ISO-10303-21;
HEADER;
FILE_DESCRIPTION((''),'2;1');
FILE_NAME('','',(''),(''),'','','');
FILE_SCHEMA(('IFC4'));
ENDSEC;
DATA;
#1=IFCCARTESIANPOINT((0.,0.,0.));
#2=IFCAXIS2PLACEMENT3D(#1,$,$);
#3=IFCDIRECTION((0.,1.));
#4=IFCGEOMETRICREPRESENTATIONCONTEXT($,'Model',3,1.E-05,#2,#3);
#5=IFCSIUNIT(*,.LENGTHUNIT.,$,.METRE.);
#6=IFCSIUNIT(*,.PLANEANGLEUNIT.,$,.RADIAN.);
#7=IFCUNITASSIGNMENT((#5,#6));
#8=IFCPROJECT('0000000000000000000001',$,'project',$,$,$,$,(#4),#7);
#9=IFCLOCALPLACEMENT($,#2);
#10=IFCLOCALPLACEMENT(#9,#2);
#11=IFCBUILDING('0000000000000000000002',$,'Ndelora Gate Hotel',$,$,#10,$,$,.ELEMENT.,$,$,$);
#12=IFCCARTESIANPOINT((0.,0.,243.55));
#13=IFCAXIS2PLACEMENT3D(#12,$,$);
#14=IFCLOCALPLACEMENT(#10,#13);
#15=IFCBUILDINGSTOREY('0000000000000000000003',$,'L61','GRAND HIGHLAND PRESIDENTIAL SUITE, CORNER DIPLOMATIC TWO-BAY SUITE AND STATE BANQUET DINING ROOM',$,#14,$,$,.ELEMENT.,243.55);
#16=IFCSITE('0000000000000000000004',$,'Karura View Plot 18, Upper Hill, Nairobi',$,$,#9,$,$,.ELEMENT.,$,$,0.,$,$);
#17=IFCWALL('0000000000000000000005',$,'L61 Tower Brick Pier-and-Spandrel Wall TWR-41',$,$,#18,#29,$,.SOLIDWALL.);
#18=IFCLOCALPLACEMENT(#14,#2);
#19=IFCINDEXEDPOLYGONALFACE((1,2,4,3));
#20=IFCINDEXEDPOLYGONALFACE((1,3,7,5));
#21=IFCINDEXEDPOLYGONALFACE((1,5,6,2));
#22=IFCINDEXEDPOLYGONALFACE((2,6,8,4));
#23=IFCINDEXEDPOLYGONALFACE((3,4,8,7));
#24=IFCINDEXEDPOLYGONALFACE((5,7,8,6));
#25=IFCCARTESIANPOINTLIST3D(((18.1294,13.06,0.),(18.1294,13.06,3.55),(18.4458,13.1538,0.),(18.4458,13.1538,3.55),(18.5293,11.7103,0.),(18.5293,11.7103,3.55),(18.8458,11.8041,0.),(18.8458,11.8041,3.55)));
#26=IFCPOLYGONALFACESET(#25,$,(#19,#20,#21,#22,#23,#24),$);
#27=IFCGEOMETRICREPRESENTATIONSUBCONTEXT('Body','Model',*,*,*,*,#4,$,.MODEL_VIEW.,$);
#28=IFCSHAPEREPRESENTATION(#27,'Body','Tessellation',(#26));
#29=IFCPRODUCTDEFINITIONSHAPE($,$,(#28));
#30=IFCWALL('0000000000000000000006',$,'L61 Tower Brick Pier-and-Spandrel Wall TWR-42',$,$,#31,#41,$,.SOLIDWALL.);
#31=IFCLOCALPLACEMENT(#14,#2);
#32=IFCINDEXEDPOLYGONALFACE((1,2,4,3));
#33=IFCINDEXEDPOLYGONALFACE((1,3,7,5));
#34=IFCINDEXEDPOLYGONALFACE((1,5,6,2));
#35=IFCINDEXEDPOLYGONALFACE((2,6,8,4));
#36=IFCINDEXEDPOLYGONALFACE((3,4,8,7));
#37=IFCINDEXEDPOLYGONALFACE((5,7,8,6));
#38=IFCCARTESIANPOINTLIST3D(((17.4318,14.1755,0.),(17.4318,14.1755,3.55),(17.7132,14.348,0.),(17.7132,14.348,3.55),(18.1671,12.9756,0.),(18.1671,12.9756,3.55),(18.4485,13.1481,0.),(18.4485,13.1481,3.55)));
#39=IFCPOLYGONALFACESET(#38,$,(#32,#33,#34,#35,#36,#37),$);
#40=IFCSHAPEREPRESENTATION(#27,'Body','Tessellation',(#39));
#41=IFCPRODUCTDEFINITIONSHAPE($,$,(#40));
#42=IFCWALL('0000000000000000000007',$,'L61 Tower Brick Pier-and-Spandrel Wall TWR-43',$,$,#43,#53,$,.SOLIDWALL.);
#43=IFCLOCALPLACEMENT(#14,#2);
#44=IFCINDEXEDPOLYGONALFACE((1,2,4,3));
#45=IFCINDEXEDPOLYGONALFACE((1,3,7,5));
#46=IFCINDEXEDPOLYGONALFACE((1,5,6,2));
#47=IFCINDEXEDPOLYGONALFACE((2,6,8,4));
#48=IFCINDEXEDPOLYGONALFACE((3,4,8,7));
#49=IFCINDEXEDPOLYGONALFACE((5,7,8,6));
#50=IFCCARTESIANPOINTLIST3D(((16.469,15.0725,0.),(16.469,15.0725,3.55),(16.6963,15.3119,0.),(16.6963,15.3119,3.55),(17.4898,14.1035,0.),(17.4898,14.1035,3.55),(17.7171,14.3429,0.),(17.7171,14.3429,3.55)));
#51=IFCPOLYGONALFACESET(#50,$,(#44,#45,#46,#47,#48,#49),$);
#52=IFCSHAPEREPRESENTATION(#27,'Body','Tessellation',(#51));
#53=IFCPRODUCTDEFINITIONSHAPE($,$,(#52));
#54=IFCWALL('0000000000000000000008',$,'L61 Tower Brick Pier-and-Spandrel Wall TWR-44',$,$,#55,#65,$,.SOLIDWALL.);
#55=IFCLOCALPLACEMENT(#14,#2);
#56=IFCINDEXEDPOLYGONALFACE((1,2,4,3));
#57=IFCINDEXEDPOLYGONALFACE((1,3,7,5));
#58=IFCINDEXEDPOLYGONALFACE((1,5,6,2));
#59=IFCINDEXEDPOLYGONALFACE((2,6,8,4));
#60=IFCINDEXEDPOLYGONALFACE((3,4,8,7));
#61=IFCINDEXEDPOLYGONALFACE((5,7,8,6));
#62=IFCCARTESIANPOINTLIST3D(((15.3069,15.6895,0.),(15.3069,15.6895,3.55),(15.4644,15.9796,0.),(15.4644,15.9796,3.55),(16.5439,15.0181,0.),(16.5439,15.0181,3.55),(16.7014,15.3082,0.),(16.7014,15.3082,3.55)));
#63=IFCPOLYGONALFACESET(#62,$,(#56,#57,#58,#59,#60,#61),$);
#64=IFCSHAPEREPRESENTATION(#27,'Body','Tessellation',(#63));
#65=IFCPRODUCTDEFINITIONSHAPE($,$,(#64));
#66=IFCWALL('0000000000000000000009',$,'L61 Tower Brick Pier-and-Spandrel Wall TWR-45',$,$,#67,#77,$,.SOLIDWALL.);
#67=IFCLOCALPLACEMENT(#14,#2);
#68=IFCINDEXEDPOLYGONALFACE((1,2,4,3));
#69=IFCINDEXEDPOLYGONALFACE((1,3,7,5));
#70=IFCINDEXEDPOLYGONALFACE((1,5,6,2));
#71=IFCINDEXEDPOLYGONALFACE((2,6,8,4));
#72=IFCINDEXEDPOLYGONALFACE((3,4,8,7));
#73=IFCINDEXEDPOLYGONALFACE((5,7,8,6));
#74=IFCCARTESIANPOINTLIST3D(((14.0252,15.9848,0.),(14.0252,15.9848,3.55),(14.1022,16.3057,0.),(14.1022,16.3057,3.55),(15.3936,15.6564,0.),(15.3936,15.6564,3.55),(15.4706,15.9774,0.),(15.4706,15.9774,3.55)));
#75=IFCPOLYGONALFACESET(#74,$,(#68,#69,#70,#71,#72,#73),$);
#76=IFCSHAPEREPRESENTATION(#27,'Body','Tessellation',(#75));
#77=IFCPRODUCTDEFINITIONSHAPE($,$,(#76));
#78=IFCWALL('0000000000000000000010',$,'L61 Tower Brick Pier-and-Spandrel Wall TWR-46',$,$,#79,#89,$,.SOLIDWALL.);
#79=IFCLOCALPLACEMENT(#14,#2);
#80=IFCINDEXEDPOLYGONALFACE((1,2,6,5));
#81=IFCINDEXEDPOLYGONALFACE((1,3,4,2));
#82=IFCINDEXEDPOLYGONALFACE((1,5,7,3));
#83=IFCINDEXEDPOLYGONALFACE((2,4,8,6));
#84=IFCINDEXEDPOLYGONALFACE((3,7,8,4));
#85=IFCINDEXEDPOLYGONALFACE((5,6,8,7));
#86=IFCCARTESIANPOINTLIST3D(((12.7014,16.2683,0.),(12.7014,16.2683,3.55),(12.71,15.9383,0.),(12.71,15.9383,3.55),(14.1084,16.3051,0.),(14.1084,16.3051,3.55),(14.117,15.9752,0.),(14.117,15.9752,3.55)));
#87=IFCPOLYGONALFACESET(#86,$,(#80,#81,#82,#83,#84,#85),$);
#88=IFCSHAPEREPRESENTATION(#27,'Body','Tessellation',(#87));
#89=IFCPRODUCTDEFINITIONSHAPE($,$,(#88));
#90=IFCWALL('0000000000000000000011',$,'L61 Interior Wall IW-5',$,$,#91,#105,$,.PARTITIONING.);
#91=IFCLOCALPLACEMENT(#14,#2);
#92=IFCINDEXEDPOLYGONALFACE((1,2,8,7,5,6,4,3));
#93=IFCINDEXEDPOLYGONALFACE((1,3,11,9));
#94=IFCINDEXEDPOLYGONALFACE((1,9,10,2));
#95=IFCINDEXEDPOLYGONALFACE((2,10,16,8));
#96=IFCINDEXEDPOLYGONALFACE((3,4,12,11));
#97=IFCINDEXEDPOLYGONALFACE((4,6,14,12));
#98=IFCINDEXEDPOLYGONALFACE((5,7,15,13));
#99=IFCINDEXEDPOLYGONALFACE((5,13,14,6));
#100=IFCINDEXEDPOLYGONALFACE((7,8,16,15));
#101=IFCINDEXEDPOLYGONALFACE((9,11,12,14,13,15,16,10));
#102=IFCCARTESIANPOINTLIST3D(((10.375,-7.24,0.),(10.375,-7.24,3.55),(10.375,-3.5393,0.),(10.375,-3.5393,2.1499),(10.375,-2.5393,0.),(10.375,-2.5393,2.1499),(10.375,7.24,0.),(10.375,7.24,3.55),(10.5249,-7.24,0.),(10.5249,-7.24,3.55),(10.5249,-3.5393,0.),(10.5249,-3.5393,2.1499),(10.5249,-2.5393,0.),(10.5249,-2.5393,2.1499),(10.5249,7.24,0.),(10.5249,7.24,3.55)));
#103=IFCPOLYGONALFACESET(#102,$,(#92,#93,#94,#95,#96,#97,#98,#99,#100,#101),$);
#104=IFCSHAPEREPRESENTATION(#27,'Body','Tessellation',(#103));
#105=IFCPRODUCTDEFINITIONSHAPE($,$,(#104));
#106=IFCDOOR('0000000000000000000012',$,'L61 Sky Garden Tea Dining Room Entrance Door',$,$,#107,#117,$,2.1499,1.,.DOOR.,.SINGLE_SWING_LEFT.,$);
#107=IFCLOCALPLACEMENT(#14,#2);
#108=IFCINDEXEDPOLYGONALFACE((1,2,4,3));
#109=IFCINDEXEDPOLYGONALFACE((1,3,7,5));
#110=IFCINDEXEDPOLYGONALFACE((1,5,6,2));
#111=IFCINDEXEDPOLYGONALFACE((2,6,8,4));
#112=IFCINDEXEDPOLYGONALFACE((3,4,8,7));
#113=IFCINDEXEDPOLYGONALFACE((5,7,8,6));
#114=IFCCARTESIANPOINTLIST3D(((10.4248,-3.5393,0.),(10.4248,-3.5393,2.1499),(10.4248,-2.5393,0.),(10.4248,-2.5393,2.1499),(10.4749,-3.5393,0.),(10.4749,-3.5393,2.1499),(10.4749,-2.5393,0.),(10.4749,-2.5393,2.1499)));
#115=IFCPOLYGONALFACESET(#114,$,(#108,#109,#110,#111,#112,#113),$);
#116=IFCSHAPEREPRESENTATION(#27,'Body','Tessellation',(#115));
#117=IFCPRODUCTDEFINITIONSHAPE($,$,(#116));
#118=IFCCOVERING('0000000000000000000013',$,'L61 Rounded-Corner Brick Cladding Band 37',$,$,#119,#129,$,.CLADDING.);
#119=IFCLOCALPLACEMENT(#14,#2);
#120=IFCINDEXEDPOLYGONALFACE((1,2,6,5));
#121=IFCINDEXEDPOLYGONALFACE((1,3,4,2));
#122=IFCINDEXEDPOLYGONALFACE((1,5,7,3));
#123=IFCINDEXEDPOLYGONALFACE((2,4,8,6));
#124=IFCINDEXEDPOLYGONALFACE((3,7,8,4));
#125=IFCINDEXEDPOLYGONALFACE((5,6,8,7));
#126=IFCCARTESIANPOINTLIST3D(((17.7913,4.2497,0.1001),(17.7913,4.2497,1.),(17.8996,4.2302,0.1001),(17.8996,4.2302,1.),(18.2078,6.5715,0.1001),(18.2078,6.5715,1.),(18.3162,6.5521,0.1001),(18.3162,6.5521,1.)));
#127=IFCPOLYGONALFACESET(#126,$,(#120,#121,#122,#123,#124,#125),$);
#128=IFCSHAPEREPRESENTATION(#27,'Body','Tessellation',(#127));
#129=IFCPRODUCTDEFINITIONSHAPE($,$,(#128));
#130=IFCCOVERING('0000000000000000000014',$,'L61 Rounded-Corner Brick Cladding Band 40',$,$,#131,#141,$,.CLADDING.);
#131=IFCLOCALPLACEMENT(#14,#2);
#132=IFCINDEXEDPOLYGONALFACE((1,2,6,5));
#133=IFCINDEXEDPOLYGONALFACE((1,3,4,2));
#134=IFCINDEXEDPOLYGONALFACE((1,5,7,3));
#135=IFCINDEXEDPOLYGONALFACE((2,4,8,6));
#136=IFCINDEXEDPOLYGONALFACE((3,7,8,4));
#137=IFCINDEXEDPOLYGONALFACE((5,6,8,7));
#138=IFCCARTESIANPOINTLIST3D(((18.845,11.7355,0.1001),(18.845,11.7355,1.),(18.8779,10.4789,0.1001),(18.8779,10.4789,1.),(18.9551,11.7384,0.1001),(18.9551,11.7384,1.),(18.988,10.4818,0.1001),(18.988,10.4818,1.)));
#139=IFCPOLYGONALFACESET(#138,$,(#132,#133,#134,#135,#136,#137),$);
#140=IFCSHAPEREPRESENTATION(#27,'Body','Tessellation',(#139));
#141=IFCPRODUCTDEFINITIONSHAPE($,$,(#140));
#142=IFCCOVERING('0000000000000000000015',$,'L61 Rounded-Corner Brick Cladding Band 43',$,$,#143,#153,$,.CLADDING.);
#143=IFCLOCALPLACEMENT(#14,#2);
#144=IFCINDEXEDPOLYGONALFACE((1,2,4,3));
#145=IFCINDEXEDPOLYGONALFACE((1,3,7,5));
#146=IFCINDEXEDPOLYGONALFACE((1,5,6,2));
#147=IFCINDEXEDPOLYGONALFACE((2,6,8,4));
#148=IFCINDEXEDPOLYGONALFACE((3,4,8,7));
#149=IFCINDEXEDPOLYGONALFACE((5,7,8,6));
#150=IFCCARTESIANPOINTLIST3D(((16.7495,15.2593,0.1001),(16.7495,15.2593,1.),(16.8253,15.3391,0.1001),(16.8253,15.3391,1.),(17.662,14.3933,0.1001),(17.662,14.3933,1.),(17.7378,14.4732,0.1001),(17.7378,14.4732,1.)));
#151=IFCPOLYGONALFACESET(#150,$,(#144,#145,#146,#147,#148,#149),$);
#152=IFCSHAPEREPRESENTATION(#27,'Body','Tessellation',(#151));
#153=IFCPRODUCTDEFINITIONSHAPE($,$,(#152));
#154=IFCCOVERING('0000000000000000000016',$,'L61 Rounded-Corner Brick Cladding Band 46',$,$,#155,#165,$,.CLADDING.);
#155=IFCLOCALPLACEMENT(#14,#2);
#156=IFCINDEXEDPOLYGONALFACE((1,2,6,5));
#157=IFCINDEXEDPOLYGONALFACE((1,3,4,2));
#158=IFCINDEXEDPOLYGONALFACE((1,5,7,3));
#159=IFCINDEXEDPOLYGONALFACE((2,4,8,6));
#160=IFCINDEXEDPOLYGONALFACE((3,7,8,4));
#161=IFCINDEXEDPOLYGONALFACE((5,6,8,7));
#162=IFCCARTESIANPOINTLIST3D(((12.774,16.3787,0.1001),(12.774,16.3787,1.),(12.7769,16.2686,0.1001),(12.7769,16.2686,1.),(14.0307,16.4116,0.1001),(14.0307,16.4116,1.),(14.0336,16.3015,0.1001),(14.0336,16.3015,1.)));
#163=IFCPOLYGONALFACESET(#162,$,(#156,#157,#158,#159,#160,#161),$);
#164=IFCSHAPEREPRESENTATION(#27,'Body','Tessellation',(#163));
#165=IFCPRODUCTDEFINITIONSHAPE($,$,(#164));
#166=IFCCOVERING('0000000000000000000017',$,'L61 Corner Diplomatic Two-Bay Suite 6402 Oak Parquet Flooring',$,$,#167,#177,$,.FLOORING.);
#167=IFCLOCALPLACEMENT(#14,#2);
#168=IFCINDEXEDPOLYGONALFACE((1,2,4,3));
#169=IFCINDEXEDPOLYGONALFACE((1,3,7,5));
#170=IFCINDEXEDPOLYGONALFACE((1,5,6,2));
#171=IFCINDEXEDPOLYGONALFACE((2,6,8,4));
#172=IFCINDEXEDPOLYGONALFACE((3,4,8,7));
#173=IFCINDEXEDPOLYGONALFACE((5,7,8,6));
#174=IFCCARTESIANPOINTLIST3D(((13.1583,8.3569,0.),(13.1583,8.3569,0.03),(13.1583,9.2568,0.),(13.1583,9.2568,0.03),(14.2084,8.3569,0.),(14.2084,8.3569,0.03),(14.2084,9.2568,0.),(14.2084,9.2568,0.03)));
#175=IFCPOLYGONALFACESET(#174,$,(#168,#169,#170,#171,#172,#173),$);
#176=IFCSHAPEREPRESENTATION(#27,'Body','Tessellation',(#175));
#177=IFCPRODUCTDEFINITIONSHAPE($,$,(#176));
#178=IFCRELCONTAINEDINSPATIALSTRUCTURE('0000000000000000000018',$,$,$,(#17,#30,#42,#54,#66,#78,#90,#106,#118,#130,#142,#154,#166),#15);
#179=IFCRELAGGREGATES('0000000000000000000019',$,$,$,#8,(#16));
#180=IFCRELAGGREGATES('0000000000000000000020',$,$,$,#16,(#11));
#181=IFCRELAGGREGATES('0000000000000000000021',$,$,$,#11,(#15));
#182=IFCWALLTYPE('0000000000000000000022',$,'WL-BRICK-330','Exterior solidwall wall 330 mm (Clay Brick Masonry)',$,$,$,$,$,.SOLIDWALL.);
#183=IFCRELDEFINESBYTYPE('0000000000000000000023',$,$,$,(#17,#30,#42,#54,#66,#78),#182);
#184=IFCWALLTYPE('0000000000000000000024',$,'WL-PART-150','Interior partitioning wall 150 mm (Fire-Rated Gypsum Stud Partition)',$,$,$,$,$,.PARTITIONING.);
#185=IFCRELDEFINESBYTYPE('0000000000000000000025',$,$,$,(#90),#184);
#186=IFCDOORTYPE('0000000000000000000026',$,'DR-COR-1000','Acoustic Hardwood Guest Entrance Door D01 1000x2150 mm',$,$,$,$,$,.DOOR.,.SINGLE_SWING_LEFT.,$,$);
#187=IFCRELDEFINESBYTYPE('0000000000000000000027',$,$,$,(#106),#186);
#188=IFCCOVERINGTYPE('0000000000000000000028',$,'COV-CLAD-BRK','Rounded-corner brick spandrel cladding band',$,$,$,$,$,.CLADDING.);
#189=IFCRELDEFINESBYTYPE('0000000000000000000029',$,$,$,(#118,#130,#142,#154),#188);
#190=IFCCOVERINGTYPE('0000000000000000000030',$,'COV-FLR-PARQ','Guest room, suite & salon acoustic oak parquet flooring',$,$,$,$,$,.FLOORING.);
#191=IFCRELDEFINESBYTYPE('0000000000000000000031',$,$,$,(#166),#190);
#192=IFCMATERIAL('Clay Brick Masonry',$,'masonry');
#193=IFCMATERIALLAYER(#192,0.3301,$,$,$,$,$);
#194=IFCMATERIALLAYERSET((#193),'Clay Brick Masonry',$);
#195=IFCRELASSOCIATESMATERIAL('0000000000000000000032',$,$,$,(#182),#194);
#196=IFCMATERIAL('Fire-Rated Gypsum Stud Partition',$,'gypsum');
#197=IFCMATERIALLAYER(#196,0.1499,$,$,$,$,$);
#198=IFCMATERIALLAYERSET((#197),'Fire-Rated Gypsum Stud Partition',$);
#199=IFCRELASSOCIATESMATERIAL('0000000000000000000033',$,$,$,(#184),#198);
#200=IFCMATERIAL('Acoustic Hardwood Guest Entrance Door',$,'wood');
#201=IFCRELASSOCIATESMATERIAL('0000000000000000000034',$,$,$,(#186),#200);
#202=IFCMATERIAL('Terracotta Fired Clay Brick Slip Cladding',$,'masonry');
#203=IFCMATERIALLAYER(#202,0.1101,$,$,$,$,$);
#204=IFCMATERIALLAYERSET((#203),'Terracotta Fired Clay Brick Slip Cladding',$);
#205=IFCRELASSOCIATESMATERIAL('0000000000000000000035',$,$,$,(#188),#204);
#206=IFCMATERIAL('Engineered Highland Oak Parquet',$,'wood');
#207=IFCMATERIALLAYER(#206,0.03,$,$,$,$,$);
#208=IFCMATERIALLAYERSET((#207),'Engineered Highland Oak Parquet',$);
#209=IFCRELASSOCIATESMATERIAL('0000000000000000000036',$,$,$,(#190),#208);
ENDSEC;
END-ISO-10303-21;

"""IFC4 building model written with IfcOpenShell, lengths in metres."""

from ifc_helpers import new_model, si_unit, direction, frame, frame_2d, origin, origin_2d, place, context, subcontext, project, spatial, rectangle, extrude, material, layer, layer_set, type_object, element, fill, save


model = new_model("IFC4")

# Units and contexts
model_context = context("Model", 3, precision=1e-05, world=origin(), true_north=direction((0.0, 1.0)))
body_context = subcontext(model_context, "Body", "Model", "MODEL_VIEW")
ifc_project = project(units=[si_unit("LENGTHUNIT", "METRE"), si_unit("PLANEANGLEUNIT", "RADIAN")], contexts=[model_context])

# Site, building, storey
site_placement = place(None, origin())
site = spatial("IfcSite", under=ifc_project, at=site_placement, Name="Karura View Plot 18, Upper Hill, Nairobi", CompositionType="ELEMENT", RefElevation=0.0)
building_placement = place(site_placement, origin())
building = spatial("IfcBuilding", under=site, at=building_placement, Name="Ndelora Gate Hotel", CompositionType="ELEMENT")
storey_placement = place(building_placement, frame((0.0, 0.0, 243.55)))
storey = spatial("IfcBuildingStorey", under=building, at=storey_placement, Name="L61", Description="GRAND HIGHLAND PRESIDENTIAL SUITE, CORNER DIPLOMATIC TWO-BAY SUITE AND STATE BANQUET DINING ROOM", CompositionType="ELEMENT", Elevation=243.55)

# Shared definitions
ifc_material_1 = material(Name="Clay Brick Masonry", Category="masonry")
ifc_layer_1 = layer(ifc_material_1, 0.3301)
ifc_layer_set_1 = layer_set([ifc_layer_1], Name="Clay Brick Masonry")
wall_type_1 = type_object("IfcWallType", Name="WL-BRICK-330", Description="Exterior solidwall wall 330 mm (Clay Brick Masonry)", PredefinedType="SOLIDWALL", material=ifc_layer_set_1)

# Walls
wall_1_placement = place(storey_placement, frame((18.2876, 13.1069, 0.0), z_axis=(0.0, 0.0, 1.0), x_axis=(0.2841, -0.958795, 0.0)))
element("IfcWall", 1, at=wall_1_placement, inside=storey, type_object=wall_type_1, Name="L61 Tower Brick Pier-and-Spandrel Wall TWR-41", PredefinedType="SOLIDWALL", context=body_context, shape_type="SweptSolid", body=[
    extrude(rectangle(XDim=1.4077, YDim=0.3301, at=frame_2d((0.7039, 0.0))), origin(), (0.0, 0.0, 1.0), 3.55),
])
wall_2_placement = place(storey_placement, frame((17.5725, 14.2617, 0.0), z_axis=(0.0, 0.0, 1.0), x_axis=(0.522509, -0.852634, 0.0)))
element("IfcWall", 2, at=wall_2_placement, inside=storey, type_object=wall_type_1, Name="L61 Tower Brick Pier-and-Spandrel Wall TWR-42", PredefinedType="SOLIDWALL", context=body_context, shape_type="SweptSolid", body=[
    extrude(rectangle(XDim=1.4072, YDim=0.3301, at=frame_2d((0.7036, 0.0))), origin(), (0.0, 0.0, 1.0), 3.55),
])
for number, where, z_axis, x_axis, name in (
    (3, (16.5828, 15.1921, 0.0), (0.0, 0.0, 1.0), (0.725255, -0.68848, 0.0), "L61 Tower Brick Pier-and-Spandrel Wall TWR-43"),
    (4, (15.3857, 15.8345, 0.0), (0.0, 0.0, 1.0), (0.878901, -0.477004, 0.0), "L61 Tower Brick Pier-and-Spandrel Wall TWR-44"),
):
    element("IfcWall", number, at=place(storey_placement, frame(where, z_axis=z_axis, x_axis=x_axis)), inside=storey, type_object=wall_type_1, Name=name, PredefinedType="SOLIDWALL", context=body_context, shape_type="SweptSolid", body=[
        extrude(rectangle(XDim=1.4075, YDim=0.3301, at=frame_2d((0.7036, 0.0))), origin(), (0.0, 0.0, 1.0), 3.55),
    ])
wall_3_placement = place(storey_placement, frame((14.0637, 16.1453, 0.0), z_axis=(0.0, 0.0, 1.0), x_axis=(0.972395, -0.23334, 0.0)))
element("IfcWall", 5, at=wall_3_placement, inside=storey, type_object=wall_type_1, Name="L61 Tower Brick Pier-and-Spandrel Wall TWR-45", PredefinedType="SOLIDWALL", context=body_context, shape_type="SweptSolid", body=[
    extrude(rectangle(XDim=1.4072, YDim=0.3301, at=frame_2d((0.7036, 0.0))), origin(), (0.0, 0.0, 1.0), 3.55),
])
wall_4_placement = place(storey_placement, frame((12.7058, 16.1033, 0.0), z_axis=(0.0, 0.0, 1.0), x_axis=(0.999657, 0.026193, 0.0)))
element("IfcWall", 6, at=wall_4_placement, inside=storey, type_object=wall_type_1, Name="L61 Tower Brick Pier-and-Spandrel Wall TWR-46", PredefinedType="SOLIDWALL", context=body_context, shape_type="SweptSolid", body=[
    extrude(rectangle(XDim=1.4075, YDim=0.3301, at=frame_2d((0.7036, 0.0))), origin(), (0.0, 0.0, 1.0), 3.55),
])

# Wall, opening, door
ifc_material_2 = material(Name="Fire-Rated Gypsum Stud Partition", Category="gypsum")
ifc_layer_2 = layer(ifc_material_2, 0.1499)
ifc_layer_set_2 = layer_set([ifc_layer_2], Name="Fire-Rated Gypsum Stud Partition")
wall_type_2 = type_object("IfcWallType", Name="WL-PART-150", Description="Interior partitioning wall 150 mm (Fire-Rated Gypsum Stud Partition)", PredefinedType="PARTITIONING", material=ifc_layer_set_2)
wall_5_placement = place(storey_placement, frame((10.45, 7.24, 0.0), z_axis=(0.0, 0.0, 1.0), x_axis=(0.0, -1.0, 0.0)))
wall_5 = element("IfcWall", 7, at=wall_5_placement, inside=storey, type_object=wall_type_2, Name="L61 Interior Wall IW-5", PredefinedType="PARTITIONING", context=body_context, shape_type="SweptSolid", body=[
    extrude(rectangle(XDim=14.48, YDim=0.1499, at=frame_2d((7.24, 0.0))), origin(), (0.0, 0.0, 1.0), 3.55),
])
opening_1_placement = place(wall_5_placement, frame((9.7793, 0.0, 0.0)))
opening_1 = element("IfcOpeningElement", 8, at=opening_1_placement, cuts=wall_5, PredefinedType="OPENING", context=body_context, shape_type="SweptSolid", body=[
    extrude(rectangle(XDim=1.0, YDim=2.1499, at=frame_2d((0.5, 1.075))), frame((0.0, 0.085, 0.0), z_axis=(0.0, -1.0, 0.0), x_axis=(1.0, 0.0, 0.0)), (0.0, 0.0, 1.0), 0.1699),
])
ifc_material_3 = material(Name="Acoustic Hardwood Guest Entrance Door", Category="wood")
door_type = type_object("IfcDoorType", Name="DR-COR-1000", Description="Acoustic Hardwood Guest Entrance Door D01 1000x2150 mm", OperationType="SINGLE_SWING_LEFT", PredefinedType="DOOR", material=ifc_material_3)
door_placement = place(opening_1_placement, origin())
door = element("IfcDoor", 9, at=door_placement, inside=storey, type_object=door_type, Name="L61 Sky Garden Tea Dining Room Entrance Door", OperationType="SINGLE_SWING_LEFT", OverallHeight=2.1499, OverallWidth=1.0, PredefinedType="DOOR", context=body_context, shape_type="SweptSolid", body=[
    extrude(rectangle(XDim=1.0, YDim=2.1499, at=frame_2d((0.5, 1.075))), frame((0.0, 0.0249, 0.0), z_axis=(0.0, -1.0, 0.0), x_axis=(1.0, 0.0, 0.0)), (0.0, 0.0, 1.0), 0.05),
])
fill(opening_1, door)

# Coverings
ifc_material_4 = material(Name="Terracotta Fired Clay Brick Slip Cladding", Category="masonry")
ifc_layer_3 = layer(ifc_material_4, 0.1101)
ifc_layer_set_3 = layer_set([ifc_layer_3], Name="Terracotta Fired Clay Brick Slip Cladding")
covering_type_1 = type_object("IfcCoveringType", Name="COV-CLAD-BRK", Description="Rounded-corner brick spandrel cladding band", PredefinedType="CLADDING", material=ifc_layer_set_3)
covering_1_placement = place(storey_placement, frame((18.0537, 5.4009, 0.1001), z_axis=(0.0, 0.0, 1.0), x_axis=(0.176569, 0.984288, 0.0)))
element("IfcCovering", 10, at=covering_1_placement, inside=storey, type_object=covering_type_1, Name="L61 Rounded-Corner Brick Cladding Band 37", PredefinedType="CLADDING", context=body_context, shape_type="SweptSolid", body=[
    extrude(rectangle(XDim=2.3589, YDim=0.1101, at=origin_2d()), origin(), (0.0, 0.0, 1.0), 0.8999),
])
covering_2_placement = place(storey_placement, frame((18.9165, 11.1086, 0.1001), z_axis=(0.0, 0.0, 1.0), x_axis=(-0.026177, 0.999657, 0.0)))
element("IfcCovering", 11, at=covering_2_placement, inside=storey, type_object=covering_type_1, Name="L61 Rounded-Corner Brick Cladding Band 40", PredefinedType="CLADDING", context=body_context, shape_type="SweptSolid", body=[
    extrude(rectangle(XDim=1.2571, YDim=0.1101, at=origin_2d()), origin(), (0.0, 0.0, 1.0), 0.8999),
])
covering_3_placement = place(storey_placement, frame((17.2437, 14.8662, 0.1001), z_axis=(0.0, 0.0, 1.0), x_axis=(-0.725374, 0.688355, 0.0)))
element("IfcCovering", 12, at=covering_3_placement, inside=storey, type_object=covering_type_1, Name="L61 Rounded-Corner Brick Cladding Band 43", PredefinedType="CLADDING", context=body_context, shape_type="SweptSolid", body=[
    extrude(rectangle(XDim=1.2581, YDim=0.1101, at=origin_2d()), origin(), (0.0, 0.0, 1.0), 0.8999),
])
covering_4_placement = place(storey_placement, frame((13.4038, 16.3401, 0.1001), z_axis=(0.0, 0.0, 1.0), x_axis=(0.999657, 0.026177, 0.0)))
element("IfcCovering", 13, at=covering_4_placement, inside=storey, type_object=covering_type_1, Name="L61 Rounded-Corner Brick Cladding Band 46", PredefinedType="CLADDING", context=body_context, shape_type="SweptSolid", body=[
    extrude(rectangle(XDim=1.2571, YDim=0.1101, at=origin_2d()), origin(), (0.0, 0.0, 1.0), 0.8999),
])
ifc_material_5 = material(Name="Engineered Highland Oak Parquet", Category="wood")
ifc_layer_4 = layer(ifc_material_5, 0.03)
ifc_layer_set_4 = layer_set([ifc_layer_4], Name="Engineered Highland Oak Parquet")
covering_type_2 = type_object("IfcCoveringType", Name="COV-FLR-PARQ", Description="Guest room, suite & salon acoustic oak parquet flooring", PredefinedType="FLOORING", material=ifc_layer_set_4)
covering_5_placement = place(storey_placement, frame((13.6833, 8.8069, 0.0), z_axis=(0.0, 0.0, 1.0), x_axis=(1.0, 0.0, 0.0)))
element("IfcCovering", 14, at=covering_5_placement, inside=storey, type_object=covering_type_2, Name="L61 Corner Diplomatic Two-Bay Suite 6402 Oak Parquet Flooring", PredefinedType="FLOORING", context=body_context, shape_type="SweptSolid", body=[
    extrude(rectangle(XDim=1.05, YDim=0.8999, at=origin_2d()), origin(), (0.0, 0.0, 1.0), 0.03),
])

save(model, "model.ifc")
